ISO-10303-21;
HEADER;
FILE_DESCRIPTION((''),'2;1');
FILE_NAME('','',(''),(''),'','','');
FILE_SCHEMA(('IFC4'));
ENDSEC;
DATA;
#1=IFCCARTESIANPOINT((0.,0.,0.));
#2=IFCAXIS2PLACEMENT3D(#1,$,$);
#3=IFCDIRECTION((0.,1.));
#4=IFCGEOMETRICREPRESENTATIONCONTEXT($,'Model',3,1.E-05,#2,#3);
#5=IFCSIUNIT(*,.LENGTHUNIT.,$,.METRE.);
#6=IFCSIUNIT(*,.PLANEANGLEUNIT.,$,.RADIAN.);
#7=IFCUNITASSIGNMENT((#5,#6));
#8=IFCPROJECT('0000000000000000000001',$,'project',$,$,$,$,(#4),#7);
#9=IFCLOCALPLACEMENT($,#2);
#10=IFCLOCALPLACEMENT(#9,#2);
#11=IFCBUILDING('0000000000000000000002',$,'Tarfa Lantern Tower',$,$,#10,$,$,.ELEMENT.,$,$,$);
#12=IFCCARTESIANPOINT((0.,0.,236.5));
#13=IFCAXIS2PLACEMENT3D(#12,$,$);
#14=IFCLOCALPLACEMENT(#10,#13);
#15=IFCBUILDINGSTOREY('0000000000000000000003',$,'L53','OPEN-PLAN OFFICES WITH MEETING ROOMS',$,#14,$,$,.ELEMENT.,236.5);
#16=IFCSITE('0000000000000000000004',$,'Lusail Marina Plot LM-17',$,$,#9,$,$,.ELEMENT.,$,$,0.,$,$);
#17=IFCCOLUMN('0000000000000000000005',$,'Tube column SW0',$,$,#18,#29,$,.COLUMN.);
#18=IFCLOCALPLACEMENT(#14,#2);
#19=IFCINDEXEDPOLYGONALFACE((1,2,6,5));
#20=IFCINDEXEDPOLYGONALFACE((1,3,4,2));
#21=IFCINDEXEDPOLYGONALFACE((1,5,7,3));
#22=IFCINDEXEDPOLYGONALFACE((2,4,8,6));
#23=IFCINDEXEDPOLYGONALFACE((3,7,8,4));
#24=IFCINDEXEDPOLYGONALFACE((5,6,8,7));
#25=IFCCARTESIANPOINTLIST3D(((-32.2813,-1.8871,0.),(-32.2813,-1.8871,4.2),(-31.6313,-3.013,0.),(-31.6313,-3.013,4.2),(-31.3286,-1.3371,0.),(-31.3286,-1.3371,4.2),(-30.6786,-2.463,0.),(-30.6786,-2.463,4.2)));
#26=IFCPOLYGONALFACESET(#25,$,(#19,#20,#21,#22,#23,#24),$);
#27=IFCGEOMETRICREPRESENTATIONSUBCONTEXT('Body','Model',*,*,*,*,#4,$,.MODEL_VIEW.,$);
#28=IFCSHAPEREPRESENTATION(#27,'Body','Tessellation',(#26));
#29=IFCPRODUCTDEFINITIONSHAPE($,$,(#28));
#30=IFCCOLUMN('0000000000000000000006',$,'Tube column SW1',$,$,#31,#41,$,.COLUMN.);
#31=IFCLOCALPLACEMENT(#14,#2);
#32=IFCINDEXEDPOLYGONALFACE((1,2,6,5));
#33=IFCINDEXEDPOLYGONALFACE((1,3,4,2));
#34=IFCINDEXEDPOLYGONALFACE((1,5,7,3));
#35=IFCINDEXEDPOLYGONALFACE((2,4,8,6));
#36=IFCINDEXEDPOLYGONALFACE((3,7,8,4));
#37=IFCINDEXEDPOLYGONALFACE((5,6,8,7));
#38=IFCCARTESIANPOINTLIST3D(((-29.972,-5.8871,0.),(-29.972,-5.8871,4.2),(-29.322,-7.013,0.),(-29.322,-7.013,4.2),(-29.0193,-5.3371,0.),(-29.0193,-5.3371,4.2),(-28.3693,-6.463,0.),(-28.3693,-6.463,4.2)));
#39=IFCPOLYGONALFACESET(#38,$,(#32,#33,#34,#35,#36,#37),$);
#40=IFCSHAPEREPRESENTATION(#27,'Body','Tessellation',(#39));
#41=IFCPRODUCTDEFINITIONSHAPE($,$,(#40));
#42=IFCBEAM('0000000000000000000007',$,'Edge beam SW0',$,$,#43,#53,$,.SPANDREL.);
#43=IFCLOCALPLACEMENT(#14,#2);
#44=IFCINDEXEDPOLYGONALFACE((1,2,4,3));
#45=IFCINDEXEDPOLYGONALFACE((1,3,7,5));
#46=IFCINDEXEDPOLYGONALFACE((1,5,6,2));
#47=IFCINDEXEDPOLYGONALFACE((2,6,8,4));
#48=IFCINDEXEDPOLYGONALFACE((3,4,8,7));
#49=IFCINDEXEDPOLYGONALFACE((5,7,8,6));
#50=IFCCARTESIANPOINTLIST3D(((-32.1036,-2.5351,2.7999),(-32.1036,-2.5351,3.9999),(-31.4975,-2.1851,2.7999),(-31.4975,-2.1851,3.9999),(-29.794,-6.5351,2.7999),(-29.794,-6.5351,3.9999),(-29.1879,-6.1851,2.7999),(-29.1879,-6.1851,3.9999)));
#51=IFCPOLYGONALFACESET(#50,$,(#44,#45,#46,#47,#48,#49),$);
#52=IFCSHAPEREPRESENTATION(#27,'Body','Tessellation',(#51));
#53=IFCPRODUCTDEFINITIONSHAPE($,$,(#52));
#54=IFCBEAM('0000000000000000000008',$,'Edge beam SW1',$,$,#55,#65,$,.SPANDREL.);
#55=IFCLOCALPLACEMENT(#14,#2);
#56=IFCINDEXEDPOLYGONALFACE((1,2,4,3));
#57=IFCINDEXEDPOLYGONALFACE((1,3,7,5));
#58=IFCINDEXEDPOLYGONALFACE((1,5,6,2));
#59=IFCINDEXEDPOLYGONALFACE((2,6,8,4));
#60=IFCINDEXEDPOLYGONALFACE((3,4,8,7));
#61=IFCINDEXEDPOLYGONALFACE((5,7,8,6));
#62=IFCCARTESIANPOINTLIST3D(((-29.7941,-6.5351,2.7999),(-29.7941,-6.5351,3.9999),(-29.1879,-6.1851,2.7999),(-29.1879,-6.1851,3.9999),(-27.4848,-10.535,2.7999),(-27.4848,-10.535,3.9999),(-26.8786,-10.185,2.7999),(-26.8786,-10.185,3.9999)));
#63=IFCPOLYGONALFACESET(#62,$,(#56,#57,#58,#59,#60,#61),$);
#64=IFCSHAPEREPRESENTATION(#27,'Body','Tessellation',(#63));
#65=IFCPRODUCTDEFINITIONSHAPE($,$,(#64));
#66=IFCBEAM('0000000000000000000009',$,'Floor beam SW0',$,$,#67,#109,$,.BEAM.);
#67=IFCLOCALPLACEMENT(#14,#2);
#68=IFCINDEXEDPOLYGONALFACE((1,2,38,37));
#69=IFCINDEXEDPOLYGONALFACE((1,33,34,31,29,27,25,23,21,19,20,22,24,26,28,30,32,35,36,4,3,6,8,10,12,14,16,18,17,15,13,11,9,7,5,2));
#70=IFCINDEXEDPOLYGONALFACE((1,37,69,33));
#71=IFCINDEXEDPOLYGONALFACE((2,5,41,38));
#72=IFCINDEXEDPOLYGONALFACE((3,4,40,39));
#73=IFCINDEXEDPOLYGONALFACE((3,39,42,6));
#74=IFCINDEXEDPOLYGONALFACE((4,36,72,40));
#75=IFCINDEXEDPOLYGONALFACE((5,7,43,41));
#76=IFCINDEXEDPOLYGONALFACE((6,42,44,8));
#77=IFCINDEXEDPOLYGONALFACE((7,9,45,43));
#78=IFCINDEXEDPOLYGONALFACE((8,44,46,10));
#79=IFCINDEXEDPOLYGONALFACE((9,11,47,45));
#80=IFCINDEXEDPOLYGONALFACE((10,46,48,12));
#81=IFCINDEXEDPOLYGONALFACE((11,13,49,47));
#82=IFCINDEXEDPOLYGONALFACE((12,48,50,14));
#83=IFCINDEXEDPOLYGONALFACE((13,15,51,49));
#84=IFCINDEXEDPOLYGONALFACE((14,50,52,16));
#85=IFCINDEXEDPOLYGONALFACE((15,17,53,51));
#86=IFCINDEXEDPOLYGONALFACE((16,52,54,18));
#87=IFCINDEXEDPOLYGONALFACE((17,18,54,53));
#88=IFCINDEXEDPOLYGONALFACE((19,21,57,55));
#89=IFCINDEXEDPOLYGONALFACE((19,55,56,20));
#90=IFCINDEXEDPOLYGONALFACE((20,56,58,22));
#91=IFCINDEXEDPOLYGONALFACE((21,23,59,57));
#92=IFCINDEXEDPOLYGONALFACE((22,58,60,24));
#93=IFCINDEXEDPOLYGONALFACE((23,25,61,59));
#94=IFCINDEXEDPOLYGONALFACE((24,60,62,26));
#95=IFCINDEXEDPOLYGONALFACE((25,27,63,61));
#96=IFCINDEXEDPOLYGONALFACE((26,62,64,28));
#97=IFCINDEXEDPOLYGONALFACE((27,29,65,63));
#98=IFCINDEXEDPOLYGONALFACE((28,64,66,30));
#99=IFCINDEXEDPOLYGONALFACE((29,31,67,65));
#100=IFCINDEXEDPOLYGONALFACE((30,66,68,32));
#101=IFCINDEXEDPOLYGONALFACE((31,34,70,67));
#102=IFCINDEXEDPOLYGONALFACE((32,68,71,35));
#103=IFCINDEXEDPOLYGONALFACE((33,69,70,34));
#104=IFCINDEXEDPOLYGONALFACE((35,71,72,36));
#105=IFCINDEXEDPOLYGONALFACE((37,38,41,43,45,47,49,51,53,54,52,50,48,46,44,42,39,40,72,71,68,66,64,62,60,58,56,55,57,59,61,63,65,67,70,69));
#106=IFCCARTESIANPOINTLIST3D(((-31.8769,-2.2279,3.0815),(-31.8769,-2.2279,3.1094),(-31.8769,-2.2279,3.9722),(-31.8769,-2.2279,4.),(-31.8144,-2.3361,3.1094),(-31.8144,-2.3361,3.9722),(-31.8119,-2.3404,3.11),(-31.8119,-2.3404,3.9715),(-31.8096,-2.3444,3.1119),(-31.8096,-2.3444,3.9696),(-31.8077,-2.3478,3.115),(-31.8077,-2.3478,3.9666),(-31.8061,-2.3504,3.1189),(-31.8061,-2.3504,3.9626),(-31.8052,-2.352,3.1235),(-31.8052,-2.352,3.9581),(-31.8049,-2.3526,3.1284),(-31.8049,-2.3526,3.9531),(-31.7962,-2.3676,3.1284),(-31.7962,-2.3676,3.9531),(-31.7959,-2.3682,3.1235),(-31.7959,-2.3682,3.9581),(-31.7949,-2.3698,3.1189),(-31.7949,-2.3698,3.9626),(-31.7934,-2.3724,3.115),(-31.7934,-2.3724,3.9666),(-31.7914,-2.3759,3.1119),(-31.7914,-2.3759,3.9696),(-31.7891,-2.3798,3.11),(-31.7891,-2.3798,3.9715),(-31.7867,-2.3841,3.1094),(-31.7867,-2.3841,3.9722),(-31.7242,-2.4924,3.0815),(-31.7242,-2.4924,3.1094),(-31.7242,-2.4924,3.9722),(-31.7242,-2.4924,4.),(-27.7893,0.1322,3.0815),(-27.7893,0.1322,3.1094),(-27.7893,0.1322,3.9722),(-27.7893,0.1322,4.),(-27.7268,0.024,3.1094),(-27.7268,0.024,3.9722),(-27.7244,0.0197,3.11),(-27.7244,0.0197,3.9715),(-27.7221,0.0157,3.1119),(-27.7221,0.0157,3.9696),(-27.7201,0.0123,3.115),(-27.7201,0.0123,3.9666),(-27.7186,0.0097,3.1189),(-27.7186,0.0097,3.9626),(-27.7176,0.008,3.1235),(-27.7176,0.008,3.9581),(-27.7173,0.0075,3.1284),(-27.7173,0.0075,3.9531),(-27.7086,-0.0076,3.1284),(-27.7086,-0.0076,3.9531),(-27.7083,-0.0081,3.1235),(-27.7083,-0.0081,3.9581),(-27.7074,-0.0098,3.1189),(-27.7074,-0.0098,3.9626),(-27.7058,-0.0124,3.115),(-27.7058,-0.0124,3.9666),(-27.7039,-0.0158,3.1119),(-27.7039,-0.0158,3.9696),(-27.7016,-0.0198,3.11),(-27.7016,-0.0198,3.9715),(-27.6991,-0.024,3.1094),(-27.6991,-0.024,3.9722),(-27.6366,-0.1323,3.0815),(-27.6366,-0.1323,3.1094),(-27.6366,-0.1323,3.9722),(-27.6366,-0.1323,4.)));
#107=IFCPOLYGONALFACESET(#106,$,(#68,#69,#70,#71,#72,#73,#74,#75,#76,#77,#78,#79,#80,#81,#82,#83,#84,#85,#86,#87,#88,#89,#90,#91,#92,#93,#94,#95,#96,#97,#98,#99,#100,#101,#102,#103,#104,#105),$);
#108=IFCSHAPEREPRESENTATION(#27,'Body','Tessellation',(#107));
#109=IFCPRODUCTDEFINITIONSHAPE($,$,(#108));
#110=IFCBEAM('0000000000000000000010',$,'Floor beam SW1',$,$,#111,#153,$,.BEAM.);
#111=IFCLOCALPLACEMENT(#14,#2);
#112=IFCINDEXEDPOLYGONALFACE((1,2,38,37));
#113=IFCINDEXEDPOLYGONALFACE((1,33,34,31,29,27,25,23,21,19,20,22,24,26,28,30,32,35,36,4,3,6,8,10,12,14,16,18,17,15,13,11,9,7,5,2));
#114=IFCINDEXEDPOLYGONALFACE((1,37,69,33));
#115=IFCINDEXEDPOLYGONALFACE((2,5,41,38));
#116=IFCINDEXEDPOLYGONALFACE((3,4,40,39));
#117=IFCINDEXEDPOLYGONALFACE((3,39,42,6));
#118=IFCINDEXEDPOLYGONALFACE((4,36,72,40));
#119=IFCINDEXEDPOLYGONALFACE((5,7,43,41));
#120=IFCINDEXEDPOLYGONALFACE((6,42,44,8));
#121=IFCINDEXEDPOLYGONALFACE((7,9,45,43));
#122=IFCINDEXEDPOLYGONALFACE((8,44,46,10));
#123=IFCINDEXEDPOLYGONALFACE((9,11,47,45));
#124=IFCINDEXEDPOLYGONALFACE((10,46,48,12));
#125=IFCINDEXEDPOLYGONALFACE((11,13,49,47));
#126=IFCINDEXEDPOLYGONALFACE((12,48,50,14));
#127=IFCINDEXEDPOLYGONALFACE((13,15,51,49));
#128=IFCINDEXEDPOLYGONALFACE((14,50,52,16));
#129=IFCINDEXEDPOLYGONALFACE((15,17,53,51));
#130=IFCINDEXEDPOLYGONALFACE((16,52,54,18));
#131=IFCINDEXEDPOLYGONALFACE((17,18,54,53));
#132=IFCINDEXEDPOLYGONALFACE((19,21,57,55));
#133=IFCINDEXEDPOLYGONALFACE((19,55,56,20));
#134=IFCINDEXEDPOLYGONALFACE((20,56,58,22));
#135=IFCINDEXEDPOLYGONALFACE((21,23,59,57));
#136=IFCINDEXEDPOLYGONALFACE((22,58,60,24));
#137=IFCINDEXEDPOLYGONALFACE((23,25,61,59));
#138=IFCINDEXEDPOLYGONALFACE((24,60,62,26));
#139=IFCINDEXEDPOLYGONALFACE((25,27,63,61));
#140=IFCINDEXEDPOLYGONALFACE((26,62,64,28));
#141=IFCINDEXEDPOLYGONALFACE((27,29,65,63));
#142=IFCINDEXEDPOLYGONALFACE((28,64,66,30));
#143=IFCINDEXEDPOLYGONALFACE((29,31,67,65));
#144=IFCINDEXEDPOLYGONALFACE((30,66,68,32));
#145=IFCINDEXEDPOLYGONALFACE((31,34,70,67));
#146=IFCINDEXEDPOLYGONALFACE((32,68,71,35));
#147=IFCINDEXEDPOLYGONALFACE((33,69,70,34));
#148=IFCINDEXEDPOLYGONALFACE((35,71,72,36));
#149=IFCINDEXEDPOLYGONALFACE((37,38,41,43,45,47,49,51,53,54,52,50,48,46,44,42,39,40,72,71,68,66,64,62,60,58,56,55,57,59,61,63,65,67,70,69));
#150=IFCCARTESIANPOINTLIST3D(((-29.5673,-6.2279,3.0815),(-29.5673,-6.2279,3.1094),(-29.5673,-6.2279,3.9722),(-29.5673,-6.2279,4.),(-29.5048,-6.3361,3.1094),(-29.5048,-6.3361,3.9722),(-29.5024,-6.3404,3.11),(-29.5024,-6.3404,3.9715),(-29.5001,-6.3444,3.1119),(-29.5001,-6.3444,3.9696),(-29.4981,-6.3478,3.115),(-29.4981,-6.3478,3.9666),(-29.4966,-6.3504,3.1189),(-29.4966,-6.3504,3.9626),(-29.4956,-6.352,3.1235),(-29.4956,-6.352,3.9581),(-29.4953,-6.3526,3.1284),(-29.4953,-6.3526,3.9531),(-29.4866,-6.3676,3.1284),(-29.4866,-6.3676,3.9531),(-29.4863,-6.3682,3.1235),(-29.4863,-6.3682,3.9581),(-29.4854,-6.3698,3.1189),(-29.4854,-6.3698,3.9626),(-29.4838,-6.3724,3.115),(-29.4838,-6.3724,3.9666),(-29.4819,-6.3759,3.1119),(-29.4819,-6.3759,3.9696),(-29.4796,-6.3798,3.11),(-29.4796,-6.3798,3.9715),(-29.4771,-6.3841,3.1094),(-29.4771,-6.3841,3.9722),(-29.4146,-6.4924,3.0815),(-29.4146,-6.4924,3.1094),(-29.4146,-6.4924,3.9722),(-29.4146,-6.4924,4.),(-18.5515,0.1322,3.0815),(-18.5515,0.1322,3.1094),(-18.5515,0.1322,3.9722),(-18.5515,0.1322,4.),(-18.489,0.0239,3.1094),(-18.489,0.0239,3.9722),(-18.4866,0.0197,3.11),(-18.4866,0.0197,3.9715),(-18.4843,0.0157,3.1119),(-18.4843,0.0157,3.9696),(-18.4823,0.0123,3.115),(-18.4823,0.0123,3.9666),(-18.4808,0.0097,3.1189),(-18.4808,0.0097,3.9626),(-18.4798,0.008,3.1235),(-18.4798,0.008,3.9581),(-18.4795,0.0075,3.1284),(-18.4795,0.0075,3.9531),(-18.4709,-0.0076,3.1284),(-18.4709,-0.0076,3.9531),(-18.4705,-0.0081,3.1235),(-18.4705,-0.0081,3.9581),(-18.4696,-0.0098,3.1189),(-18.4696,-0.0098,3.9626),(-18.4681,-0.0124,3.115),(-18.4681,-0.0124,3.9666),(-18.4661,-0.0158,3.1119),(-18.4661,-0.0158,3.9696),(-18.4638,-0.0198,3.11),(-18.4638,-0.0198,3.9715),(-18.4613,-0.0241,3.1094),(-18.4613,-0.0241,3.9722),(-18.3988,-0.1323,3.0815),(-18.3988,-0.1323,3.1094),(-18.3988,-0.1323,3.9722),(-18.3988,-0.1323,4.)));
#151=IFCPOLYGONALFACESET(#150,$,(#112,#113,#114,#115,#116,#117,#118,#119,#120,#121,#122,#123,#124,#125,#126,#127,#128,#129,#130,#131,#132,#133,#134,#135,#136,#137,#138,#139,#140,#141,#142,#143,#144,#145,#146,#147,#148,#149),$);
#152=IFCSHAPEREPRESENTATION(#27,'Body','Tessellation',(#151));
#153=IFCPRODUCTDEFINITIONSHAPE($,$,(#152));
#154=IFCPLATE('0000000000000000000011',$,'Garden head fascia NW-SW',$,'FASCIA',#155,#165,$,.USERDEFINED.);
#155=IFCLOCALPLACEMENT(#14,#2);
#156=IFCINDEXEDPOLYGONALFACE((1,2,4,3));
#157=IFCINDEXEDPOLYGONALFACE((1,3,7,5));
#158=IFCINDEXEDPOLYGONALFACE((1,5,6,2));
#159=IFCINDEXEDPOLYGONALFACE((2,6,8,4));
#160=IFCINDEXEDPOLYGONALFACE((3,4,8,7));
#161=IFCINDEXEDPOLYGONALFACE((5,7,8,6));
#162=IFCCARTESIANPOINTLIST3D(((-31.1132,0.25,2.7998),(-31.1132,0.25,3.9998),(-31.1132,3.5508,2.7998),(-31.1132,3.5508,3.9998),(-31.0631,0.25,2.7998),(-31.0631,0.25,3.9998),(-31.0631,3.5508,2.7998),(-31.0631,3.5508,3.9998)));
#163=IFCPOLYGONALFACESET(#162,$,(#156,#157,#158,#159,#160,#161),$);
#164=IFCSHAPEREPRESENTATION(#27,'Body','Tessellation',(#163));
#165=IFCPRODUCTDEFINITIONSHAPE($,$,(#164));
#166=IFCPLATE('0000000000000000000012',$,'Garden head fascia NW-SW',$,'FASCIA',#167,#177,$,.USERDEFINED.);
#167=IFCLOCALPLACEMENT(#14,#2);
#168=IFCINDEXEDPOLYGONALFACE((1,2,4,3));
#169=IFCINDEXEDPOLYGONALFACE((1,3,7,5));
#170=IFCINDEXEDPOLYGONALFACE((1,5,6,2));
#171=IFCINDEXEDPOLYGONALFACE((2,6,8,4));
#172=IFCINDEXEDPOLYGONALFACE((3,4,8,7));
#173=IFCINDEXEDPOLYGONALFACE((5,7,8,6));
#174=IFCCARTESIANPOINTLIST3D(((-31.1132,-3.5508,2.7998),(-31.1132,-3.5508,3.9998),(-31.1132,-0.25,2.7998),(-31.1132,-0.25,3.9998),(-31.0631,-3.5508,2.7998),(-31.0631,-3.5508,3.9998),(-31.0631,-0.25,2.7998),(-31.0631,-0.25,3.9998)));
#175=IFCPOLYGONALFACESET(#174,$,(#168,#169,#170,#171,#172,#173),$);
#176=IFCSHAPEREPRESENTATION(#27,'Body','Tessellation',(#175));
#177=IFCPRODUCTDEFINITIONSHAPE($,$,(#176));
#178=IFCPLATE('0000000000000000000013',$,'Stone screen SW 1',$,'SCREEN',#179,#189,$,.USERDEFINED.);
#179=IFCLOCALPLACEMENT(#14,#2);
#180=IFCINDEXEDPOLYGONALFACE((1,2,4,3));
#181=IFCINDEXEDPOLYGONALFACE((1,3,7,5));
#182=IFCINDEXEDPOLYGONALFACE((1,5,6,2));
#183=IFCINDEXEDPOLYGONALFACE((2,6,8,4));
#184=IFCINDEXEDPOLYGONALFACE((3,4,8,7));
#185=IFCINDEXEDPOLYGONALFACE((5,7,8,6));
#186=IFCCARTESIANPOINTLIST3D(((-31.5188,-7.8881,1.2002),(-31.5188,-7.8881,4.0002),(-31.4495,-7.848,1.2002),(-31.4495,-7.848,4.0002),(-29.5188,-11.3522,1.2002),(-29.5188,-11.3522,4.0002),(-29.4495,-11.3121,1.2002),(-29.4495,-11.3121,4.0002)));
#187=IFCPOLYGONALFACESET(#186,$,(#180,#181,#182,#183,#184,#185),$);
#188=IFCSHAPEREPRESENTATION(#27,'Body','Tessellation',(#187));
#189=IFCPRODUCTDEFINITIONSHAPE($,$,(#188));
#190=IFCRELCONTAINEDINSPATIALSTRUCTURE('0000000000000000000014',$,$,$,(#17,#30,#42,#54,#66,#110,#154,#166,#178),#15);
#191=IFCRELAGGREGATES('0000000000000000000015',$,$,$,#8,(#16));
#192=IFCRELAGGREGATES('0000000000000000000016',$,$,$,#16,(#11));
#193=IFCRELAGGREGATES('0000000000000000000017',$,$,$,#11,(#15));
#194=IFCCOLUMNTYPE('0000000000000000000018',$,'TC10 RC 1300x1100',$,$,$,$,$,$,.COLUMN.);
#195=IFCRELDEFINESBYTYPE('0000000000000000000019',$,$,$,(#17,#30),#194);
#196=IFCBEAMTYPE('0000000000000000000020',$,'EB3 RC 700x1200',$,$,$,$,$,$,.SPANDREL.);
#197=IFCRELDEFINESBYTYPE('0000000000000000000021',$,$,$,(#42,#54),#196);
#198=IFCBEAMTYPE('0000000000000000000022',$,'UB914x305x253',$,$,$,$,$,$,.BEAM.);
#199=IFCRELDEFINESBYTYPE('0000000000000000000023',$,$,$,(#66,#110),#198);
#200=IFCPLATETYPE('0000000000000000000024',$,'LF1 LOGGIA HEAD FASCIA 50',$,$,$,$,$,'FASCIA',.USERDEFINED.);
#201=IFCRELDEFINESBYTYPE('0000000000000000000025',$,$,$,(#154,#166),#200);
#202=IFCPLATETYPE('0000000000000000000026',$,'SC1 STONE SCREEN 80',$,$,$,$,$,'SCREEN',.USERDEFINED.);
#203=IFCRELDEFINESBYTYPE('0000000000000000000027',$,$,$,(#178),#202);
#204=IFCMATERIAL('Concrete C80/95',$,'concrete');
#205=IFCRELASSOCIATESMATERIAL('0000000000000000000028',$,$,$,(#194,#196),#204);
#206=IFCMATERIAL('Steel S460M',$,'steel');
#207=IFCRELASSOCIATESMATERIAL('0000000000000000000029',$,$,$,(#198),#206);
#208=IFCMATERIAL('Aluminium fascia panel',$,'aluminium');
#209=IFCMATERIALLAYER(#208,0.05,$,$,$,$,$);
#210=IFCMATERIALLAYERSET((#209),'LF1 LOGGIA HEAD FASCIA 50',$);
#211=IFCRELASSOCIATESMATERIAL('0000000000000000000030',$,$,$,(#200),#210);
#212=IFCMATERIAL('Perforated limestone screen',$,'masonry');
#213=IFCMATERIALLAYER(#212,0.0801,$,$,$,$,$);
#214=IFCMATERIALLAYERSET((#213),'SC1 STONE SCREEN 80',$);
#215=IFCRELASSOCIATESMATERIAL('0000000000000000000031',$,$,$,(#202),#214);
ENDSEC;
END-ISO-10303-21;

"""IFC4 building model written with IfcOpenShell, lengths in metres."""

from ifc_helpers import new_model, si_unit, direction, frame, origin, origin_2d, place, context, subcontext, project, spatial, rectangle, i_section, extrude, material, layer, layer_set, material_profile, profile_set, type_object, element, save


model = new_model("IFC4")

# Units and contexts
model_context = context("Model", 3, precision=1e-05, world=origin(), true_north=direction((0.0, 1.0)))
body_context = subcontext(model_context, "Body", "Model", "MODEL_VIEW")
ifc_project = project(units=[si_unit("LENGTHUNIT", "METRE"), si_unit("PLANEANGLEUNIT", "RADIAN")], contexts=[model_context])

# Site, building, storey
site_placement = place(None, origin())
site = spatial("IfcSite", under=ifc_project, at=site_placement, Name="Lusail Marina Plot LM-17", CompositionType="ELEMENT", RefElevation=0.0)
building_placement = place(site_placement, origin())
building = spatial("IfcBuilding", under=site, at=building_placement, Name="Tarfa Lantern Tower", CompositionType="ELEMENT")
storey_placement = place(building_placement, frame((0.0, 0.0, 236.5)))
storey = spatial("IfcBuildingStorey", under=building, at=storey_placement, Name="L53", Description="OPEN-PLAN OFFICES WITH MEETING ROOMS", CompositionType="ELEMENT", Elevation=236.5)

# Columns
ifc_material_1 = material(Name="Concrete C80/95", Category="concrete")
ifc_material_profile_1 = material_profile(ifc_material_1, rectangle(XDim=1.3, YDim=1.1001, at=origin_2d()), Name="RC 1300x1100")
ifc_profile_set_1 = profile_set([ifc_material_profile_1], Name="Concrete C80/95")
column_type = type_object("IfcColumnType", Name="TC10 RC 1300x1100", PredefinedType="COLUMN", material=ifc_profile_set_1)
for number, where, z_axis, x_axis, name in (
    (1, (-31.48, -2.175, 0.0), (0.0, 0.0, 1.0), (0.5, -0.866025, 0.0), "Tube column SW0"),
    (2, (-29.1707, -6.175, 0.0), (0.0, 0.0, 1.0), (0.5, -0.866025, 0.0), "Tube column SW1"),
):
    element("IfcColumn", number, at=place(storey_placement, frame(where, z_axis=z_axis, x_axis=x_axis)), inside=storey, type_object=column_type, Name=name, PredefinedType="COLUMN", context=body_context, shape_type="SweptSolid", body=[
        extrude(rectangle(XDim=1.3, YDim=1.1001, at=origin_2d()), origin(), (0.0, 0.0, 1.0), 4.2),
    ])

# Beams
ifc_material_profile_2 = material_profile(ifc_material_1, rectangle(XDim=0.7, YDim=1.2, at=origin_2d()), Name="RC 700x1200")
ifc_profile_set_2 = profile_set([ifc_material_profile_2], Name="Concrete C80/95")
beam_type_1 = type_object("IfcBeamType", Name="EB3 RC 700x1200", PredefinedType="SPANDREL", material=ifc_profile_set_2)
beam_1_placement = place(storey_placement, frame((-31.8005, -2.3601, 3.3999), z_axis=(0.500027, -0.86601, 0.0), x_axis=(0.86601, 0.500027, 0.0)))
element("IfcBeam", 3, at=beam_1_placement, inside=storey, type_object=beam_type_1, Name="Edge beam SW0", PredefinedType="SPANDREL", context=body_context, shape_type="SweptSolid", body=[
    extrude(rectangle(XDim=0.7, YDim=1.2, at=origin_2d()), origin(), (0.0, 0.0, 1.0), 4.6189),
])
beam_2_placement = place(storey_placement, frame((-29.491, -6.3601, 3.3999), z_axis=(0.499988, -0.866032, 0.0), x_axis=(0.866032, 0.499988, 0.0)))
element("IfcBeam", 4, at=beam_2_placement, inside=storey, type_object=beam_type_1, Name="Edge beam SW1", PredefinedType="SPANDREL", context=body_context, shape_type="SweptSolid", body=[
    extrude(rectangle(XDim=0.7, YDim=1.2, at=origin_2d()), origin(), (0.0, 0.0, 1.0), 4.6187),
])
ifc_material_2 = material(Name="Steel S460M", Category="steel")
ifc_material_profile_3 = material_profile(ifc_material_2, i_section(OverallWidth=0.3054, OverallDepth=0.9185, WebThickness=0.0173, FlangeThickness=0.0278, FilletRadius=0.019, at=origin_2d()), Name="UB914x305x253")
ifc_profile_set_3 = profile_set([ifc_material_profile_3], Name="Steel S460M")
beam_type_2 = type_object("IfcBeamType", Name="UB914x305x253", PredefinedType="BEAM", material=ifc_profile_set_3)
beam_3_placement = place(storey_placement, frame((-31.8005, -2.3601, 3.5408), z_axis=(0.866016, 0.500016, 0.0), x_axis=(-0.500016, 0.866016, 0.0)))
element("IfcBeam", 5, at=beam_3_placement, inside=storey, type_object=beam_type_2, Name="Floor beam SW0", PredefinedType="BEAM", context=body_context, shape_type="SweptSolid", body=[
    extrude(i_section(OverallWidth=0.3054, OverallDepth=0.9185, WebThickness=0.0173, FlangeThickness=0.0278, FilletRadius=0.019, at=origin_2d()), origin(), (0.0, 0.0, 1.0), 4.72),
])
beam_4_placement = place(storey_placement, frame((-29.491, -6.3601, 3.5408), z_axis=(0.866022, 0.500005, 0.0), x_axis=(-0.500005, 0.866022, 0.0)))
element("IfcBeam", 6, at=beam_4_placement, inside=storey, type_object=beam_type_2, Name="Floor beam SW1", PredefinedType="BEAM", context=body_context, shape_type="SweptSolid", body=[
    extrude(i_section(OverallWidth=0.3054, OverallDepth=0.9185, WebThickness=0.0173, FlangeThickness=0.0278, FilletRadius=0.019, at=origin_2d()), origin(), (0.0, 0.0, 1.0), 12.72),
])

# Plates
ifc_material_3 = material(Name="Aluminium fascia panel", Category="aluminium")
ifc_layer_1 = layer(ifc_material_3, 0.05)
ifc_layer_set_1 = layer_set([ifc_layer_1], Name="LF1 LOGGIA HEAD FASCIA 50")
plate_type_1 = type_object("IfcPlateType", Name="LF1 LOGGIA HEAD FASCIA 50", ElementType="FASCIA", PredefinedType="USERDEFINED", material=ifc_layer_set_1)
for number, where, z_axis, x_axis, name in (
    (7, (-31.0881, 1.9004, 2.7998), (0.0, 0.0, 1.0), (0.0, -1.0, 0.0), "Garden head fascia NW-SW"),
    (8, (-31.0881, -1.9004, 2.7998), (0.0, 0.0, 1.0), (0.0, -1.0, 0.0), "Garden head fascia NW-SW"),
):
    element("IfcPlate", number, at=place(storey_placement, frame(where, z_axis=z_axis, x_axis=x_axis)), inside=storey, type_object=plate_type_1, Name=name, ObjectType="FASCIA", PredefinedType="USERDEFINED", context=body_context, shape_type="SweptSolid", body=[
        extrude(rectangle(XDim=3.3008, YDim=0.05, at=origin_2d()), origin(), (0.0, 0.0, 1.0), 1.2),
    ])
ifc_material_4 = material(Name="Perforated limestone screen", Category="masonry")
ifc_layer_2 = layer(ifc_material_4, 0.0801)
ifc_layer_set_2 = layer_set([ifc_layer_2], Name="SC1 STONE SCREEN 80")
plate_type_2 = type_object("IfcPlateType", Name="SC1 STONE SCREEN 80", ElementType="SCREEN", PredefinedType="USERDEFINED", material=ifc_layer_set_2)
plate_placement = place(storey_placement, frame((-30.4841, -9.6001, 1.2002), z_axis=(0.0, 0.0, 1.0), x_axis=(0.5, -0.866025, 0.0)))
element("IfcPlate", 9, at=plate_placement, inside=storey, type_object=plate_type_2, Name="Stone screen SW 1", ObjectType="SCREEN", PredefinedType="USERDEFINED", context=body_context, shape_type="SweptSolid", body=[
    extrude(rectangle(XDim=4.0, YDim=0.0801, at=origin_2d()), origin(), (0.0, 0.0, 1.0), 2.8),
])

save(model, "model.ifc")
